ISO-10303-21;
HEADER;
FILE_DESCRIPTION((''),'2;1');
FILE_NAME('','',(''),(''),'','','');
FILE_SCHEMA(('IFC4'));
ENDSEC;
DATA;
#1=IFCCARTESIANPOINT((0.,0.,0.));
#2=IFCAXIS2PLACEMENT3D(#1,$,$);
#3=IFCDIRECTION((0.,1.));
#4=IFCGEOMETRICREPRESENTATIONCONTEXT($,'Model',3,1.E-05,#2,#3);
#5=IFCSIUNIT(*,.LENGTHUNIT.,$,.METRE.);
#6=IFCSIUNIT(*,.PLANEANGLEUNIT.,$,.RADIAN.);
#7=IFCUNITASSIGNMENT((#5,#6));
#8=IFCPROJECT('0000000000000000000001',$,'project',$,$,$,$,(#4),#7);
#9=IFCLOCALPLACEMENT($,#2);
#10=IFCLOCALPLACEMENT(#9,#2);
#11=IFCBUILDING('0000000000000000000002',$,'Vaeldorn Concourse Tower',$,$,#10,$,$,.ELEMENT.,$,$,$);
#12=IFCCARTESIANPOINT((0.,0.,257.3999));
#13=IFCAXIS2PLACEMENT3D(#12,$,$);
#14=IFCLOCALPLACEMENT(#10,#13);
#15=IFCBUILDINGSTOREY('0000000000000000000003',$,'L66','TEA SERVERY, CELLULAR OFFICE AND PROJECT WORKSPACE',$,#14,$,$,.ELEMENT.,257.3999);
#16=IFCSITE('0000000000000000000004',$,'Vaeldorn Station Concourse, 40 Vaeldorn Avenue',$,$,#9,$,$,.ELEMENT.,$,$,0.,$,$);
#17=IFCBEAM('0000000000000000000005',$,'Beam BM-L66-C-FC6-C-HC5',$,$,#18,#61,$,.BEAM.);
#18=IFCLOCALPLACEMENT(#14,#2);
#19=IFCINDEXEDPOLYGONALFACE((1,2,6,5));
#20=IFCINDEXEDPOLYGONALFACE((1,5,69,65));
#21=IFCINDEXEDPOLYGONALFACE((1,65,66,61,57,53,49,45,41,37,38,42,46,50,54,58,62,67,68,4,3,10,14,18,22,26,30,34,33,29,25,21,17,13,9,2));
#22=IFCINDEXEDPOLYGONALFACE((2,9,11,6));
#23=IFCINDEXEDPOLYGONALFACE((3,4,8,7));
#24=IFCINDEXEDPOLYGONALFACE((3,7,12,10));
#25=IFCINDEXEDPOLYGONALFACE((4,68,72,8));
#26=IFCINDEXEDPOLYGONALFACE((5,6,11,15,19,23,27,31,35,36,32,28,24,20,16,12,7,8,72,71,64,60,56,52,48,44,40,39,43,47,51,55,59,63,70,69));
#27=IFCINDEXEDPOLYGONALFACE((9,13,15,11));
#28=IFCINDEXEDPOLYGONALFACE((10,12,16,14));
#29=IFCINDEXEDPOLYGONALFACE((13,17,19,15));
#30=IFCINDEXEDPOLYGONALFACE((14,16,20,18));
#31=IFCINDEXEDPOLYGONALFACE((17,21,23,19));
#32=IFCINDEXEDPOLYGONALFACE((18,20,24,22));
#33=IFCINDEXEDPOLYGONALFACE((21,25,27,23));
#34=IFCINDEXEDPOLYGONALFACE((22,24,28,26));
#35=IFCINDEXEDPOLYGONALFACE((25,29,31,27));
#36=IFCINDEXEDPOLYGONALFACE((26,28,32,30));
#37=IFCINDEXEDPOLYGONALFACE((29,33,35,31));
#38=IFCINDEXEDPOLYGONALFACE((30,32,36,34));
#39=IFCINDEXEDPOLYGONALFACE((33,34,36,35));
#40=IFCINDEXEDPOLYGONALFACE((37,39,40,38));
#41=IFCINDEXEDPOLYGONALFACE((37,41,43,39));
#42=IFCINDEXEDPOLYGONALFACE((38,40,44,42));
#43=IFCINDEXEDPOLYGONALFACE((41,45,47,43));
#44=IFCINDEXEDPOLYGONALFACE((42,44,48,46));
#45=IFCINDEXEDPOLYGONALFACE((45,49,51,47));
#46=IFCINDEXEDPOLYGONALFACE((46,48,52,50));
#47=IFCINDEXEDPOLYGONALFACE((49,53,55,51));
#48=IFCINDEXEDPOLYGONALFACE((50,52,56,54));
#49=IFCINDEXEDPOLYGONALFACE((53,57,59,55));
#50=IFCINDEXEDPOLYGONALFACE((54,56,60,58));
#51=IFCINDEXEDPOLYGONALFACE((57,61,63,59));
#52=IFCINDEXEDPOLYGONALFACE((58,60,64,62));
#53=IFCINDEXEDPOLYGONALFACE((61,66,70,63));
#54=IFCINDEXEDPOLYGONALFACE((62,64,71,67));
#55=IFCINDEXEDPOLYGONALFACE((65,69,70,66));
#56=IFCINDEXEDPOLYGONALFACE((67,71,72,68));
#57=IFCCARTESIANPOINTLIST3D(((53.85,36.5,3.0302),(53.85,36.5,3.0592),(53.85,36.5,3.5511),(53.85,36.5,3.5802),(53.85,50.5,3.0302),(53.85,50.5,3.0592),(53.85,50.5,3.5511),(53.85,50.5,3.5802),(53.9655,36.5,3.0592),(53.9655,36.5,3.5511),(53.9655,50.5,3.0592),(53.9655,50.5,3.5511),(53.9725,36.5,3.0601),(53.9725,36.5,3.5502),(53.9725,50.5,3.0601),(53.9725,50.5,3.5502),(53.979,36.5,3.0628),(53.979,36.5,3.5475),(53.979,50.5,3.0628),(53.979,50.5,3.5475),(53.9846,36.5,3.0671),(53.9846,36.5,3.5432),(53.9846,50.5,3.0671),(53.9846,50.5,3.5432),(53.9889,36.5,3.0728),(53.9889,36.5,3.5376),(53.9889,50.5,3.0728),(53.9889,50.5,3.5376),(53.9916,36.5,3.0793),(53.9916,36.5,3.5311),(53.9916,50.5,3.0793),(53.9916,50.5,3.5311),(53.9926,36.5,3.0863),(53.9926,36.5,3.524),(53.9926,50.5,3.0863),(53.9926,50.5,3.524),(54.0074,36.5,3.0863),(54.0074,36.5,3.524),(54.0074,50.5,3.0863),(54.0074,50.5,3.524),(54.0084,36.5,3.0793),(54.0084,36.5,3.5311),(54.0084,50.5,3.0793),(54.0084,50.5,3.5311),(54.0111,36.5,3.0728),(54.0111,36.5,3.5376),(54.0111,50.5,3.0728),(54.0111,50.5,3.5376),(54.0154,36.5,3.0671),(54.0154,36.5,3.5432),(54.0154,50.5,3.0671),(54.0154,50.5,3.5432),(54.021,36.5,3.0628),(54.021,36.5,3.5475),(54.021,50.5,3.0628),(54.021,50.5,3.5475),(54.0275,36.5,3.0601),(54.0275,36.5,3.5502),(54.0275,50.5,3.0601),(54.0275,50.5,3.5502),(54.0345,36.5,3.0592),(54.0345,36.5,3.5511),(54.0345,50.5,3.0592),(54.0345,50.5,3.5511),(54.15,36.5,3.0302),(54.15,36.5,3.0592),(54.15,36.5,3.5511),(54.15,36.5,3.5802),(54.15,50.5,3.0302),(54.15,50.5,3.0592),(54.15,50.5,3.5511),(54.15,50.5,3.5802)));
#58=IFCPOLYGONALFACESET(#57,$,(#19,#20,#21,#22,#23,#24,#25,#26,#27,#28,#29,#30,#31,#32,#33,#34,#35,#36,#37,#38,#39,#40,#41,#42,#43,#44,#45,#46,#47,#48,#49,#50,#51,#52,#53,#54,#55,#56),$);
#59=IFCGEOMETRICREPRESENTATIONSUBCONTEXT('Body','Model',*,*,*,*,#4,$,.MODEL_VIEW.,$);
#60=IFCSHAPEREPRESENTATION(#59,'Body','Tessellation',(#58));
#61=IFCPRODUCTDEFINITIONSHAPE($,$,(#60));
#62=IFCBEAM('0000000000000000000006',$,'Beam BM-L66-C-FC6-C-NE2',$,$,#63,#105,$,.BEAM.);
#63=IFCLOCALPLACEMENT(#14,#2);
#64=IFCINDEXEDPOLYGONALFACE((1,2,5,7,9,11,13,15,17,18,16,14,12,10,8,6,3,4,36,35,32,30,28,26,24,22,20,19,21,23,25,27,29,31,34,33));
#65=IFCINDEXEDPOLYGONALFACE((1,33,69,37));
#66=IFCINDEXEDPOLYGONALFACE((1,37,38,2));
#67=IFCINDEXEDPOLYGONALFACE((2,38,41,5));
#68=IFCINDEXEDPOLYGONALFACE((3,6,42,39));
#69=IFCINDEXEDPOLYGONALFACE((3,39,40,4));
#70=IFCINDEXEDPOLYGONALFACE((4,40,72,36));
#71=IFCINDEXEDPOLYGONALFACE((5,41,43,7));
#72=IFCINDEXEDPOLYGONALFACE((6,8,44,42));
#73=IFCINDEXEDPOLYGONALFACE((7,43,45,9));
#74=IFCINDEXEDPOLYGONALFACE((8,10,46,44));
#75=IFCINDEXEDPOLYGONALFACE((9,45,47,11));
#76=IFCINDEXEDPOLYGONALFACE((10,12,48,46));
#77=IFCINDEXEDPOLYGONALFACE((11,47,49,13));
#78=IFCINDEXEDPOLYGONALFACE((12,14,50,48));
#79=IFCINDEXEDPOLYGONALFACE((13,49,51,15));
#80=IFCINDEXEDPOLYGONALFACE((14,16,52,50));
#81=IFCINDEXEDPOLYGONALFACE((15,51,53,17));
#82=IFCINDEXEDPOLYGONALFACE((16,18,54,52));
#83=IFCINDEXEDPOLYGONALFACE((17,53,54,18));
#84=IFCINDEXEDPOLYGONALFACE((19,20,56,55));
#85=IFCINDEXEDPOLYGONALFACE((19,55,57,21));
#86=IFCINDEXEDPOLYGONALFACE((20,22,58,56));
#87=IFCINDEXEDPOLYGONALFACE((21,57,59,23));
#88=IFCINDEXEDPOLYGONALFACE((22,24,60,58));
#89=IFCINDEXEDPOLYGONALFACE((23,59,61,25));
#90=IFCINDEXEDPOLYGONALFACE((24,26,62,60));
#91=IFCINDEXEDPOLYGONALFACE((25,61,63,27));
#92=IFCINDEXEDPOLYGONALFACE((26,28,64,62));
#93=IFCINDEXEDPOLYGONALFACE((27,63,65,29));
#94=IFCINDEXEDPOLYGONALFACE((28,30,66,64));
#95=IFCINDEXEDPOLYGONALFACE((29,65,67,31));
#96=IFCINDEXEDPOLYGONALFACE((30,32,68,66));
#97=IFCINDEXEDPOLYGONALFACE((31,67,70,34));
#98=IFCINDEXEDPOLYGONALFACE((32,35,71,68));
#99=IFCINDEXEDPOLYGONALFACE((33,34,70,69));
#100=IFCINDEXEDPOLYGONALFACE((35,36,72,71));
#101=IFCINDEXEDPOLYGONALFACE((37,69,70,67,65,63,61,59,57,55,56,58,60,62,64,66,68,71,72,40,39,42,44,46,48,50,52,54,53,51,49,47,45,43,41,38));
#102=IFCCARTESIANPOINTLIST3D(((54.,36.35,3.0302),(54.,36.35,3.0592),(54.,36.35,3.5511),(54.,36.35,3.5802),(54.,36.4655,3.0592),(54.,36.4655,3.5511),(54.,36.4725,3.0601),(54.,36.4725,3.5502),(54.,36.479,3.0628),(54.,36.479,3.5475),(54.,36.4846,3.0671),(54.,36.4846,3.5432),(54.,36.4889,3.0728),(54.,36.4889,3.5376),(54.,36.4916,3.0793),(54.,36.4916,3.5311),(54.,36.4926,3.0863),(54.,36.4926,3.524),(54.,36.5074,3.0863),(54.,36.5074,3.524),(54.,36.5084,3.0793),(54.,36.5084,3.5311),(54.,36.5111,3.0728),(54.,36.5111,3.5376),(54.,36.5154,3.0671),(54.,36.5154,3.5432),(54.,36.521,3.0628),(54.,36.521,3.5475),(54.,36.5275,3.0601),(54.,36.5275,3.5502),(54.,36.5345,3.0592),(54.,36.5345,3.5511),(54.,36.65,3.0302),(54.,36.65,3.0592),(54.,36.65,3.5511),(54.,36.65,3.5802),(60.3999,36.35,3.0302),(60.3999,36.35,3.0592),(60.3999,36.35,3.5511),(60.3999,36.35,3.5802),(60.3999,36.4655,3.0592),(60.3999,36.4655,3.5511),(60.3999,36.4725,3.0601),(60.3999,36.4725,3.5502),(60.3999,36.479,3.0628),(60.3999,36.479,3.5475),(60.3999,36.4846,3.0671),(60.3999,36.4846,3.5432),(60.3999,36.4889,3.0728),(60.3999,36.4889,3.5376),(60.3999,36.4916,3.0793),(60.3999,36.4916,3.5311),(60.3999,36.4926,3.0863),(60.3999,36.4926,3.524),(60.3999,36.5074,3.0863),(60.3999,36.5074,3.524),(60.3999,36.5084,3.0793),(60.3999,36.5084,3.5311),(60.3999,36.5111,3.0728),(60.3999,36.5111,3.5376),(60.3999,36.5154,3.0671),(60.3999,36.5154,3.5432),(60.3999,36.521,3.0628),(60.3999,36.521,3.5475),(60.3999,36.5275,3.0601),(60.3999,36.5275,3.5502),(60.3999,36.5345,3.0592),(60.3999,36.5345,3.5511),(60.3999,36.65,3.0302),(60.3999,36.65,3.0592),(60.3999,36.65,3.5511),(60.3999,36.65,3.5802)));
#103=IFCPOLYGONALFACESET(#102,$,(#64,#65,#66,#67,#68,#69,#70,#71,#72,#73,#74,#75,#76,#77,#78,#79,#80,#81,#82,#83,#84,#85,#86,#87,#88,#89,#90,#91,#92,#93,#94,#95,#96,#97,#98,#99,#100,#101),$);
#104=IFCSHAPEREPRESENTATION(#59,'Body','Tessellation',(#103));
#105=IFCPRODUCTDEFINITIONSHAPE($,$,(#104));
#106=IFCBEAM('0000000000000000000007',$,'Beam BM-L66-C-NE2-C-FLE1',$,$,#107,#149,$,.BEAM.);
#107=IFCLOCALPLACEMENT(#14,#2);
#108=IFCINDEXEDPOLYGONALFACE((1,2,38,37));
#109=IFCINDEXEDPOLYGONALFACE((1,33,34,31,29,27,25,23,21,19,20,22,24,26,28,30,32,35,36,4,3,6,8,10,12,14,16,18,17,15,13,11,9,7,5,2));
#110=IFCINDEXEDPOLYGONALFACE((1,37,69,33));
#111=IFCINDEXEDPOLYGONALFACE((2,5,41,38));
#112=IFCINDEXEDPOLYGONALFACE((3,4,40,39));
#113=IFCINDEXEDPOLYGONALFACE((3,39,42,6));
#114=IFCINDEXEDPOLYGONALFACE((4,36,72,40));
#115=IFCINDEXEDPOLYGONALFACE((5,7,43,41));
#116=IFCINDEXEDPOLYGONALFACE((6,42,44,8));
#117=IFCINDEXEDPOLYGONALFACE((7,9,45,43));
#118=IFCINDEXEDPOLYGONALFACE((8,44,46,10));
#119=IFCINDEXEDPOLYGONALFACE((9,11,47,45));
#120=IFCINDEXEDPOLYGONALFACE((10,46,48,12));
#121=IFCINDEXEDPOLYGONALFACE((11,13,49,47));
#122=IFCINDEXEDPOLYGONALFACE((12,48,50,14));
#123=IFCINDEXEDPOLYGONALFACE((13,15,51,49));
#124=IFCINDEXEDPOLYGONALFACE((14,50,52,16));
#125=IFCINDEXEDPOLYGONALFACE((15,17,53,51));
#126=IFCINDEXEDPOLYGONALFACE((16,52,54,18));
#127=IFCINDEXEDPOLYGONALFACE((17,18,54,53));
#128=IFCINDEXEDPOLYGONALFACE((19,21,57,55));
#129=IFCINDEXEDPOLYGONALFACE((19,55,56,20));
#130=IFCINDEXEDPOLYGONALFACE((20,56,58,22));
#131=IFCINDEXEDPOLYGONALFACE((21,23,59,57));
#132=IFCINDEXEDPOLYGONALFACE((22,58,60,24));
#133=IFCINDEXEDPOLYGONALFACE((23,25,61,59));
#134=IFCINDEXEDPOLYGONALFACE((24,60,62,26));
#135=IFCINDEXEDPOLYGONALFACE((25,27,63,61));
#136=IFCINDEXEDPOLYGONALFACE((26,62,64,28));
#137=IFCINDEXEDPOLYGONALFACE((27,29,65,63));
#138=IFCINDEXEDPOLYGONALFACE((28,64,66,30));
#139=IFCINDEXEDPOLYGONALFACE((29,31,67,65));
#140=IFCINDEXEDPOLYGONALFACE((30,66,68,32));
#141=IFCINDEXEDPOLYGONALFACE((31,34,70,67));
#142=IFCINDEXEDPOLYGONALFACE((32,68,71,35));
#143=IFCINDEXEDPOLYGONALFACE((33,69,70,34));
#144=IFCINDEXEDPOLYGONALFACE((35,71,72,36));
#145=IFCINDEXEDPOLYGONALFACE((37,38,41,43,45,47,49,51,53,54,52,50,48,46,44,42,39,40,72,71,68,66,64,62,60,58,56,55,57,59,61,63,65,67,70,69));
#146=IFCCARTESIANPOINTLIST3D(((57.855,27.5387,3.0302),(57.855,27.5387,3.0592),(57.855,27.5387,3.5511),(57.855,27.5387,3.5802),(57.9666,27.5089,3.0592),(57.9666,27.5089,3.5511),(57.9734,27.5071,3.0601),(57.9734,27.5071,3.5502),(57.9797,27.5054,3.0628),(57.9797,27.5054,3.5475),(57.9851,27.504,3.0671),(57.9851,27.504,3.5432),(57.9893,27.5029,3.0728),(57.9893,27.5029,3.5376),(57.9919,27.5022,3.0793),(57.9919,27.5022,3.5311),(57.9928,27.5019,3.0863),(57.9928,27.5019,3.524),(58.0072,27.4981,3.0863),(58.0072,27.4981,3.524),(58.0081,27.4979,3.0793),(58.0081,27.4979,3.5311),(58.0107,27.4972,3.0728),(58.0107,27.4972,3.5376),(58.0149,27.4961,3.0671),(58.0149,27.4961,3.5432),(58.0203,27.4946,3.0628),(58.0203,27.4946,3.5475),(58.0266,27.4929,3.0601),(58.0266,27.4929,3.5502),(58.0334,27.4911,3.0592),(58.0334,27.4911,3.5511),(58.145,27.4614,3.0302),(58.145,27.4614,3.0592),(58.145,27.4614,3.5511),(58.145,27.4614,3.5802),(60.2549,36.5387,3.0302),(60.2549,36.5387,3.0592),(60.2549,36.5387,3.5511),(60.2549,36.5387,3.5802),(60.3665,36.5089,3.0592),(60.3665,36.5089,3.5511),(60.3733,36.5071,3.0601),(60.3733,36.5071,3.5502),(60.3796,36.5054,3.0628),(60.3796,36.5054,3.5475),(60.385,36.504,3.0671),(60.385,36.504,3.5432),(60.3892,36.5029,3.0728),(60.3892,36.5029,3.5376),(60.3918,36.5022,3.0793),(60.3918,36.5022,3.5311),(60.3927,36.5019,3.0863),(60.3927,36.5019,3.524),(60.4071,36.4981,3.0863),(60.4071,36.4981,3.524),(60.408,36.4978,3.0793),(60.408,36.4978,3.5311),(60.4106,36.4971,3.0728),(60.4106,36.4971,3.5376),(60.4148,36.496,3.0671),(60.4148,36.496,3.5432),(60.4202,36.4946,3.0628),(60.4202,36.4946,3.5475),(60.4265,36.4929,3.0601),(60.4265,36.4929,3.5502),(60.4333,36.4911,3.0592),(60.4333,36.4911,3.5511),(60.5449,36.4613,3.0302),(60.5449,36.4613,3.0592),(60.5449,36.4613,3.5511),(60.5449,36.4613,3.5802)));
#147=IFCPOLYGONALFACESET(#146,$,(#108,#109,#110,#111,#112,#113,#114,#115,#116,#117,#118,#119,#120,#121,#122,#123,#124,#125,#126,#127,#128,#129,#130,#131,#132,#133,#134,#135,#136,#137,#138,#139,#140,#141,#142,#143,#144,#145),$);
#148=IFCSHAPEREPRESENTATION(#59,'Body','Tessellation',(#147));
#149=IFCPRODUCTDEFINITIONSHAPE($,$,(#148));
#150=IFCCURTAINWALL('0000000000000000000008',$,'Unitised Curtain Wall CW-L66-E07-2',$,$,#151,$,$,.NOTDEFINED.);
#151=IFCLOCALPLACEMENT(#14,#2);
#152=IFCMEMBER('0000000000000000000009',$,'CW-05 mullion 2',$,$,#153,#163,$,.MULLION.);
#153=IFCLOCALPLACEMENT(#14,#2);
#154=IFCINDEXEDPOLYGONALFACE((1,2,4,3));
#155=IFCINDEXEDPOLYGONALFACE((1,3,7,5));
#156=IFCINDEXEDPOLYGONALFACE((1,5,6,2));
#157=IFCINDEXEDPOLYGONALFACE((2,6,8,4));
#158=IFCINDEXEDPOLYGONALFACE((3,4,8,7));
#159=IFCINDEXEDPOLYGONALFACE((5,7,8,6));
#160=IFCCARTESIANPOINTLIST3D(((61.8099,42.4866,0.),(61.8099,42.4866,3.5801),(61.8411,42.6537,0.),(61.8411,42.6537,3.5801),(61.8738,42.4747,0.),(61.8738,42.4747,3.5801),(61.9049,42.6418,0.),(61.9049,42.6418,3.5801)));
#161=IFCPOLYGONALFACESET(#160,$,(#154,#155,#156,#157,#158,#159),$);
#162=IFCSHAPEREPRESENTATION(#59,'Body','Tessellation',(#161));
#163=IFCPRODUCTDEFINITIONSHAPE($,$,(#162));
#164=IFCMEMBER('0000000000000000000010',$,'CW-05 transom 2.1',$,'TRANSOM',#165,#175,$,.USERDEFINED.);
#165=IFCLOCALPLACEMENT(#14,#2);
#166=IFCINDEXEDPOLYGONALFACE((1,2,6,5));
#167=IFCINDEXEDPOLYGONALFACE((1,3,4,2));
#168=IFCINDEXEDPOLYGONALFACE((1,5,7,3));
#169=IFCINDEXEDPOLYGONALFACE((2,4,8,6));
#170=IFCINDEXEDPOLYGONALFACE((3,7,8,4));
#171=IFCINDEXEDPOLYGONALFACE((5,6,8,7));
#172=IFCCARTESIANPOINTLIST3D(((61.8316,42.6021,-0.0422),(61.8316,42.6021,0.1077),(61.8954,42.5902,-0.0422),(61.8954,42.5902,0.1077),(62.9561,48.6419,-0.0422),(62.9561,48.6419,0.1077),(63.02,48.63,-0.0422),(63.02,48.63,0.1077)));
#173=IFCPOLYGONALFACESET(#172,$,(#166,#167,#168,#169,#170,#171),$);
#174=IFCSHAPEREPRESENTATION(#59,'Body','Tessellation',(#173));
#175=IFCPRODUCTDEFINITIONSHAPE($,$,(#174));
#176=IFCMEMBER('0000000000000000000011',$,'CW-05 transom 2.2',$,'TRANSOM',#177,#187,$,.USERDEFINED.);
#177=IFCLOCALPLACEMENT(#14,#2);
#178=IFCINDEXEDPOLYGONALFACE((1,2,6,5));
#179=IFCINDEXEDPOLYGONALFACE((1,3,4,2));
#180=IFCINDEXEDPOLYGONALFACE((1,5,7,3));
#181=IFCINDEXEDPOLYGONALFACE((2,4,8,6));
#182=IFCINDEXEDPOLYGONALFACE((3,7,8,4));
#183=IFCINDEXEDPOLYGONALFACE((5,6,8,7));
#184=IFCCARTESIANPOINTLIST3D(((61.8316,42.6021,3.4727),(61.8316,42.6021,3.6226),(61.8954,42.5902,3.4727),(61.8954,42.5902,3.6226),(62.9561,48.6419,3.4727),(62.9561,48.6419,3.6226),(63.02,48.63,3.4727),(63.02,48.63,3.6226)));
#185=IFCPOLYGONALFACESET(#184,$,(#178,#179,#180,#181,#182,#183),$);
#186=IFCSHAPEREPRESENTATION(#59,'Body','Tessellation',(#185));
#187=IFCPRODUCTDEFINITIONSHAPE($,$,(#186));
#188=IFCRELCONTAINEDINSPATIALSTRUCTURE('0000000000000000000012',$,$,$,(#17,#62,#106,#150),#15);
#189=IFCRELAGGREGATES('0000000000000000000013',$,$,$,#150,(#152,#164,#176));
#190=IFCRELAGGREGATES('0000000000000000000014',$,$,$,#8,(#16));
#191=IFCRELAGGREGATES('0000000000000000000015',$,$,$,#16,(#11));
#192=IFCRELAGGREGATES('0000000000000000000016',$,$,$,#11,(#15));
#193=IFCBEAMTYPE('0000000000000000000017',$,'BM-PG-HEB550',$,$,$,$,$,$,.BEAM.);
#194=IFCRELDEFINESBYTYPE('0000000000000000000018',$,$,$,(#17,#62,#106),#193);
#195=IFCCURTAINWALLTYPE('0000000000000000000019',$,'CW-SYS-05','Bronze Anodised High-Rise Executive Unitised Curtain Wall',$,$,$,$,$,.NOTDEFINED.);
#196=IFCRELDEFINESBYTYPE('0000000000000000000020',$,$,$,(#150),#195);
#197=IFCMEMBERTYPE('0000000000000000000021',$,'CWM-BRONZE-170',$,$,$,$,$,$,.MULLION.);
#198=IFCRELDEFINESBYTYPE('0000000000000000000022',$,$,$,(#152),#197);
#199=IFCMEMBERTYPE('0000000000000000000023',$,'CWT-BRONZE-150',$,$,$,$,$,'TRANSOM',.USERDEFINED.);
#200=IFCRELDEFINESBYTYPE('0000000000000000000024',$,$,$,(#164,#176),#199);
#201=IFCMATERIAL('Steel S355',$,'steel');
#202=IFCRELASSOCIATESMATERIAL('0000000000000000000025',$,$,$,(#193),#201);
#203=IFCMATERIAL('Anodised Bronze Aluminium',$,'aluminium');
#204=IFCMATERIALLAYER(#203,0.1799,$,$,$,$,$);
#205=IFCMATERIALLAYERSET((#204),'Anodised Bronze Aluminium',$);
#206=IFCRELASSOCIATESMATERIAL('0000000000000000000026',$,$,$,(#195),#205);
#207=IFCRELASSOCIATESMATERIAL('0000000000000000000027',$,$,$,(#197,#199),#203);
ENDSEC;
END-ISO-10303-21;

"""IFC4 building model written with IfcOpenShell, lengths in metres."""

from ifc_helpers import new_model, si_unit, direction, frame, origin, origin_2d, place, context, subcontext, project, spatial, rectangle, i_section, extrude, source, transform, mapped, material, layer, layer_set, material_profile, profile_set, type_object, element, aggregate, save


model = new_model("IFC4")

# Units and contexts
model_context = context("Model", 3, precision=1e-05, world=origin(), true_north=direction((0.0, 1.0)))
body_context = subcontext(model_context, "Body", "Model", "MODEL_VIEW")
ifc_project = project(units=[si_unit("LENGTHUNIT", "METRE"), si_unit("PLANEANGLEUNIT", "RADIAN")], contexts=[model_context])

# Site, building, storey
site_placement = place(None, origin())
site = spatial("IfcSite", under=ifc_project, at=site_placement, Name="Vaeldorn Station Concourse, 40 Vaeldorn Avenue", CompositionType="ELEMENT", RefElevation=0.0)
building_placement = place(site_placement, origin())
building = spatial("IfcBuilding", under=site, at=building_placement, Name="Vaeldorn Concourse Tower", CompositionType="ELEMENT")
storey_placement = place(building_placement, frame((0.0, 0.0, 257.3999)))
storey = spatial("IfcBuildingStorey", under=building, at=storey_placement, Name="L66", Description="TEA SERVERY, CELLULAR OFFICE AND PROJECT WORKSPACE", CompositionType="ELEMENT", Elevation=257.3999)

# Shared definitions
ifc_material_1 = material(Name="Steel S355", Category="steel")

# Beams
ifc_material_profile_1 = material_profile(ifc_material_1, i_section(OverallWidth=0.3, OverallDepth=0.55, WebThickness=0.0149, FlangeThickness=0.0291, FilletRadius=0.0271, at=origin_2d()), Name="HEB 550")
ifc_profile_set_1 = profile_set([ifc_material_profile_1], Name="Steel S355")
beam_type_1 = type_object("IfcBeamType", Name="BM-PG-HEB550", PredefinedType="BEAM", material=ifc_profile_set_1)
shared_shape_1 = source(origin(), body_context, "Body", "SweptSolid", [
    extrude(i_section(OverallWidth=0.3, OverallDepth=0.55, WebThickness=0.0149, FlangeThickness=0.0291, FilletRadius=0.0271, at=origin_2d()), origin(), (0.0, 0.0, 1.0), 14.0),
])
beam_1_placement = place(storey_placement, frame((54.0, 36.5, 3.3052), z_axis=(0.0, 1.0, 0.0), x_axis=(-1.0, 0.0, 0.0)))
element("IfcBeam", 1, at=beam_1_placement, inside=storey, type_object=beam_type_1, Name="Beam BM-L66-C-FC6-C-HC5", PredefinedType="BEAM", context=body_context, shape_type="MappedRepresentation", body=[
    mapped(shared_shape_1, transform((0.0, 0.0, 0.0), scale=1.0)),
])
shared_shape_2 = source(origin(), body_context, "Body", "SweptSolid", [
    extrude(i_section(OverallWidth=0.3, OverallDepth=0.55, WebThickness=0.0149, FlangeThickness=0.0291, FilletRadius=0.0271, at=origin_2d()), origin(), (0.0, 0.0, 1.0), 6.3999),
])
beam_2_placement = place(storey_placement, frame((54.0, 36.5, 3.3052), z_axis=(1.0, 0.0, 0.0), x_axis=(0.0, 1.0, 0.0)))
element("IfcBeam", 2, at=beam_2_placement, inside=storey, type_object=beam_type_1, Name="Beam BM-L66-C-FC6-C-NE2", PredefinedType="BEAM", context=body_context, shape_type="MappedRepresentation", body=[
    mapped(shared_shape_2, transform((0.0, 0.0, 0.0), scale=1.0)),
])
shared_shape_3 = source(origin(), body_context, "Body", "SweptSolid", [
    extrude(i_section(OverallWidth=0.3, OverallDepth=0.55, WebThickness=0.0149, FlangeThickness=0.0291, FilletRadius=0.0271, at=origin_2d()), origin(), (0.0, 0.0, 1.0), 9.3145),
])
beam_3_placement = place(storey_placement, frame((60.3999, 36.5, 3.3052), z_axis=(-0.257653, -0.966238, 0.0), x_axis=(0.966238, -0.257653, 0.0)))
element("IfcBeam", 3, at=beam_3_placement, inside=storey, type_object=beam_type_1, Name="Beam BM-L66-C-NE2-C-FLE1", PredefinedType="BEAM", context=body_context, shape_type="MappedRepresentation", body=[
    mapped(shared_shape_3, transform((0.0, 0.0, 0.0), scale=1.0)),
])

# Curtain wall, members
ifc_material_2 = material(Name="Anodised Bronze Aluminium", Category="aluminium")
ifc_layer_1 = layer(ifc_material_2, 0.1799)
ifc_layer_set_1 = layer_set([ifc_layer_1], Name="Anodised Bronze Aluminium")
curtain_wall_type = type_object("IfcCurtainWallType", Name="CW-SYS-05", Description="Bronze Anodised High-Rise Executive Unitised Curtain Wall", PredefinedType="NOTDEFINED", material=ifc_layer_set_1)
curtain_wall_placement = place(storey_placement, origin())
curtain_wall = element("IfcCurtainWall", 4, at=curtain_wall_placement, inside=storey, type_object=curtain_wall_type, Name="Unitised Curtain Wall CW-L66-E07-2", PredefinedType="NOTDEFINED")
ifc_material_profile_2 = material_profile(ifc_material_2, rectangle(XDim=0.0649, YDim=0.1699, at=origin_2d()), Name="CWM 65x170")
ifc_profile_set_2 = profile_set([ifc_material_profile_2], Name="Anodised Bronze Aluminium")
member_type_1 = type_object("IfcMemberType", Name="CWM-BRONZE-170", PredefinedType="MULLION", material=ifc_profile_set_2)
shared_shape_4 = source(origin(), body_context, "Body", "SweptSolid", [
    extrude(rectangle(XDim=0.0649, YDim=0.1699, at=origin_2d()), origin(), (0.0, 0.0, 1.0), 3.5801),
])
member_1_placement = place(storey_placement, frame((61.8574, 42.5642, 0.0), z_axis=(0.0, 0.0, 1.0), x_axis=(-0.983103, 0.183054, 0.0)))
member_1 = element("IfcMember", 5, at=member_1_placement, type_object=member_type_1, Name="CW-05 mullion 2", PredefinedType="MULLION", context=body_context, shape_type="MappedRepresentation", body=[
    mapped(shared_shape_4, transform((0.0, 0.0, 0.0), scale=1.0)),
])
ifc_material_profile_3 = material_profile(ifc_material_2, rectangle(XDim=0.0649, YDim=0.1499, at=origin_2d()), Name="CWT 65x150")
ifc_profile_set_3 = profile_set([ifc_material_profile_3], Name="Anodised Bronze Aluminium")
member_type_2 = type_object("IfcMemberType", Name="CWT-BRONZE-150", ElementType="TRANSOM", PredefinedType="USERDEFINED", material=ifc_profile_set_3)
shared_shape_5 = source(origin(), body_context, "Body", "SweptSolid", [
    extrude(rectangle(XDim=0.0649, YDim=0.1499, at=origin_2d()), origin(), (0.0, 0.0, 1.0), 6.1436),
])
member_2_placement = place(storey_placement, frame((61.8635, 42.5962, 0.0327), z_axis=(0.183038, 0.983106, 0.0), x_axis=(-0.983106, 0.183038, 0.0)))
member_2 = element("IfcMember", 6, at=member_2_placement, type_object=member_type_2, Name="CW-05 transom 2.1", ObjectType="TRANSOM", PredefinedType="USERDEFINED", context=body_context, shape_type="MappedRepresentation", body=[
    mapped(shared_shape_5, transform((0.0, 0.0, 0.0), scale=1.0)),
])
member_3_placement = place(storey_placement, frame((61.8635, 42.5962, 3.5476), z_axis=(0.183038, 0.983106, 0.0), x_axis=(-0.983106, 0.183038, 0.0)))
member_3 = element("IfcMember", 7, at=member_3_placement, type_object=member_type_2, Name="CW-05 transom 2.2", ObjectType="TRANSOM", PredefinedType="USERDEFINED", context=body_context, shape_type="MappedRepresentation", body=[
    mapped(shared_shape_5, transform((0.0, 0.0, 0.0), scale=1.0)),
])
aggregate(curtain_wall, [member_1, member_2, member_3])

save(model, "model.ifc")
